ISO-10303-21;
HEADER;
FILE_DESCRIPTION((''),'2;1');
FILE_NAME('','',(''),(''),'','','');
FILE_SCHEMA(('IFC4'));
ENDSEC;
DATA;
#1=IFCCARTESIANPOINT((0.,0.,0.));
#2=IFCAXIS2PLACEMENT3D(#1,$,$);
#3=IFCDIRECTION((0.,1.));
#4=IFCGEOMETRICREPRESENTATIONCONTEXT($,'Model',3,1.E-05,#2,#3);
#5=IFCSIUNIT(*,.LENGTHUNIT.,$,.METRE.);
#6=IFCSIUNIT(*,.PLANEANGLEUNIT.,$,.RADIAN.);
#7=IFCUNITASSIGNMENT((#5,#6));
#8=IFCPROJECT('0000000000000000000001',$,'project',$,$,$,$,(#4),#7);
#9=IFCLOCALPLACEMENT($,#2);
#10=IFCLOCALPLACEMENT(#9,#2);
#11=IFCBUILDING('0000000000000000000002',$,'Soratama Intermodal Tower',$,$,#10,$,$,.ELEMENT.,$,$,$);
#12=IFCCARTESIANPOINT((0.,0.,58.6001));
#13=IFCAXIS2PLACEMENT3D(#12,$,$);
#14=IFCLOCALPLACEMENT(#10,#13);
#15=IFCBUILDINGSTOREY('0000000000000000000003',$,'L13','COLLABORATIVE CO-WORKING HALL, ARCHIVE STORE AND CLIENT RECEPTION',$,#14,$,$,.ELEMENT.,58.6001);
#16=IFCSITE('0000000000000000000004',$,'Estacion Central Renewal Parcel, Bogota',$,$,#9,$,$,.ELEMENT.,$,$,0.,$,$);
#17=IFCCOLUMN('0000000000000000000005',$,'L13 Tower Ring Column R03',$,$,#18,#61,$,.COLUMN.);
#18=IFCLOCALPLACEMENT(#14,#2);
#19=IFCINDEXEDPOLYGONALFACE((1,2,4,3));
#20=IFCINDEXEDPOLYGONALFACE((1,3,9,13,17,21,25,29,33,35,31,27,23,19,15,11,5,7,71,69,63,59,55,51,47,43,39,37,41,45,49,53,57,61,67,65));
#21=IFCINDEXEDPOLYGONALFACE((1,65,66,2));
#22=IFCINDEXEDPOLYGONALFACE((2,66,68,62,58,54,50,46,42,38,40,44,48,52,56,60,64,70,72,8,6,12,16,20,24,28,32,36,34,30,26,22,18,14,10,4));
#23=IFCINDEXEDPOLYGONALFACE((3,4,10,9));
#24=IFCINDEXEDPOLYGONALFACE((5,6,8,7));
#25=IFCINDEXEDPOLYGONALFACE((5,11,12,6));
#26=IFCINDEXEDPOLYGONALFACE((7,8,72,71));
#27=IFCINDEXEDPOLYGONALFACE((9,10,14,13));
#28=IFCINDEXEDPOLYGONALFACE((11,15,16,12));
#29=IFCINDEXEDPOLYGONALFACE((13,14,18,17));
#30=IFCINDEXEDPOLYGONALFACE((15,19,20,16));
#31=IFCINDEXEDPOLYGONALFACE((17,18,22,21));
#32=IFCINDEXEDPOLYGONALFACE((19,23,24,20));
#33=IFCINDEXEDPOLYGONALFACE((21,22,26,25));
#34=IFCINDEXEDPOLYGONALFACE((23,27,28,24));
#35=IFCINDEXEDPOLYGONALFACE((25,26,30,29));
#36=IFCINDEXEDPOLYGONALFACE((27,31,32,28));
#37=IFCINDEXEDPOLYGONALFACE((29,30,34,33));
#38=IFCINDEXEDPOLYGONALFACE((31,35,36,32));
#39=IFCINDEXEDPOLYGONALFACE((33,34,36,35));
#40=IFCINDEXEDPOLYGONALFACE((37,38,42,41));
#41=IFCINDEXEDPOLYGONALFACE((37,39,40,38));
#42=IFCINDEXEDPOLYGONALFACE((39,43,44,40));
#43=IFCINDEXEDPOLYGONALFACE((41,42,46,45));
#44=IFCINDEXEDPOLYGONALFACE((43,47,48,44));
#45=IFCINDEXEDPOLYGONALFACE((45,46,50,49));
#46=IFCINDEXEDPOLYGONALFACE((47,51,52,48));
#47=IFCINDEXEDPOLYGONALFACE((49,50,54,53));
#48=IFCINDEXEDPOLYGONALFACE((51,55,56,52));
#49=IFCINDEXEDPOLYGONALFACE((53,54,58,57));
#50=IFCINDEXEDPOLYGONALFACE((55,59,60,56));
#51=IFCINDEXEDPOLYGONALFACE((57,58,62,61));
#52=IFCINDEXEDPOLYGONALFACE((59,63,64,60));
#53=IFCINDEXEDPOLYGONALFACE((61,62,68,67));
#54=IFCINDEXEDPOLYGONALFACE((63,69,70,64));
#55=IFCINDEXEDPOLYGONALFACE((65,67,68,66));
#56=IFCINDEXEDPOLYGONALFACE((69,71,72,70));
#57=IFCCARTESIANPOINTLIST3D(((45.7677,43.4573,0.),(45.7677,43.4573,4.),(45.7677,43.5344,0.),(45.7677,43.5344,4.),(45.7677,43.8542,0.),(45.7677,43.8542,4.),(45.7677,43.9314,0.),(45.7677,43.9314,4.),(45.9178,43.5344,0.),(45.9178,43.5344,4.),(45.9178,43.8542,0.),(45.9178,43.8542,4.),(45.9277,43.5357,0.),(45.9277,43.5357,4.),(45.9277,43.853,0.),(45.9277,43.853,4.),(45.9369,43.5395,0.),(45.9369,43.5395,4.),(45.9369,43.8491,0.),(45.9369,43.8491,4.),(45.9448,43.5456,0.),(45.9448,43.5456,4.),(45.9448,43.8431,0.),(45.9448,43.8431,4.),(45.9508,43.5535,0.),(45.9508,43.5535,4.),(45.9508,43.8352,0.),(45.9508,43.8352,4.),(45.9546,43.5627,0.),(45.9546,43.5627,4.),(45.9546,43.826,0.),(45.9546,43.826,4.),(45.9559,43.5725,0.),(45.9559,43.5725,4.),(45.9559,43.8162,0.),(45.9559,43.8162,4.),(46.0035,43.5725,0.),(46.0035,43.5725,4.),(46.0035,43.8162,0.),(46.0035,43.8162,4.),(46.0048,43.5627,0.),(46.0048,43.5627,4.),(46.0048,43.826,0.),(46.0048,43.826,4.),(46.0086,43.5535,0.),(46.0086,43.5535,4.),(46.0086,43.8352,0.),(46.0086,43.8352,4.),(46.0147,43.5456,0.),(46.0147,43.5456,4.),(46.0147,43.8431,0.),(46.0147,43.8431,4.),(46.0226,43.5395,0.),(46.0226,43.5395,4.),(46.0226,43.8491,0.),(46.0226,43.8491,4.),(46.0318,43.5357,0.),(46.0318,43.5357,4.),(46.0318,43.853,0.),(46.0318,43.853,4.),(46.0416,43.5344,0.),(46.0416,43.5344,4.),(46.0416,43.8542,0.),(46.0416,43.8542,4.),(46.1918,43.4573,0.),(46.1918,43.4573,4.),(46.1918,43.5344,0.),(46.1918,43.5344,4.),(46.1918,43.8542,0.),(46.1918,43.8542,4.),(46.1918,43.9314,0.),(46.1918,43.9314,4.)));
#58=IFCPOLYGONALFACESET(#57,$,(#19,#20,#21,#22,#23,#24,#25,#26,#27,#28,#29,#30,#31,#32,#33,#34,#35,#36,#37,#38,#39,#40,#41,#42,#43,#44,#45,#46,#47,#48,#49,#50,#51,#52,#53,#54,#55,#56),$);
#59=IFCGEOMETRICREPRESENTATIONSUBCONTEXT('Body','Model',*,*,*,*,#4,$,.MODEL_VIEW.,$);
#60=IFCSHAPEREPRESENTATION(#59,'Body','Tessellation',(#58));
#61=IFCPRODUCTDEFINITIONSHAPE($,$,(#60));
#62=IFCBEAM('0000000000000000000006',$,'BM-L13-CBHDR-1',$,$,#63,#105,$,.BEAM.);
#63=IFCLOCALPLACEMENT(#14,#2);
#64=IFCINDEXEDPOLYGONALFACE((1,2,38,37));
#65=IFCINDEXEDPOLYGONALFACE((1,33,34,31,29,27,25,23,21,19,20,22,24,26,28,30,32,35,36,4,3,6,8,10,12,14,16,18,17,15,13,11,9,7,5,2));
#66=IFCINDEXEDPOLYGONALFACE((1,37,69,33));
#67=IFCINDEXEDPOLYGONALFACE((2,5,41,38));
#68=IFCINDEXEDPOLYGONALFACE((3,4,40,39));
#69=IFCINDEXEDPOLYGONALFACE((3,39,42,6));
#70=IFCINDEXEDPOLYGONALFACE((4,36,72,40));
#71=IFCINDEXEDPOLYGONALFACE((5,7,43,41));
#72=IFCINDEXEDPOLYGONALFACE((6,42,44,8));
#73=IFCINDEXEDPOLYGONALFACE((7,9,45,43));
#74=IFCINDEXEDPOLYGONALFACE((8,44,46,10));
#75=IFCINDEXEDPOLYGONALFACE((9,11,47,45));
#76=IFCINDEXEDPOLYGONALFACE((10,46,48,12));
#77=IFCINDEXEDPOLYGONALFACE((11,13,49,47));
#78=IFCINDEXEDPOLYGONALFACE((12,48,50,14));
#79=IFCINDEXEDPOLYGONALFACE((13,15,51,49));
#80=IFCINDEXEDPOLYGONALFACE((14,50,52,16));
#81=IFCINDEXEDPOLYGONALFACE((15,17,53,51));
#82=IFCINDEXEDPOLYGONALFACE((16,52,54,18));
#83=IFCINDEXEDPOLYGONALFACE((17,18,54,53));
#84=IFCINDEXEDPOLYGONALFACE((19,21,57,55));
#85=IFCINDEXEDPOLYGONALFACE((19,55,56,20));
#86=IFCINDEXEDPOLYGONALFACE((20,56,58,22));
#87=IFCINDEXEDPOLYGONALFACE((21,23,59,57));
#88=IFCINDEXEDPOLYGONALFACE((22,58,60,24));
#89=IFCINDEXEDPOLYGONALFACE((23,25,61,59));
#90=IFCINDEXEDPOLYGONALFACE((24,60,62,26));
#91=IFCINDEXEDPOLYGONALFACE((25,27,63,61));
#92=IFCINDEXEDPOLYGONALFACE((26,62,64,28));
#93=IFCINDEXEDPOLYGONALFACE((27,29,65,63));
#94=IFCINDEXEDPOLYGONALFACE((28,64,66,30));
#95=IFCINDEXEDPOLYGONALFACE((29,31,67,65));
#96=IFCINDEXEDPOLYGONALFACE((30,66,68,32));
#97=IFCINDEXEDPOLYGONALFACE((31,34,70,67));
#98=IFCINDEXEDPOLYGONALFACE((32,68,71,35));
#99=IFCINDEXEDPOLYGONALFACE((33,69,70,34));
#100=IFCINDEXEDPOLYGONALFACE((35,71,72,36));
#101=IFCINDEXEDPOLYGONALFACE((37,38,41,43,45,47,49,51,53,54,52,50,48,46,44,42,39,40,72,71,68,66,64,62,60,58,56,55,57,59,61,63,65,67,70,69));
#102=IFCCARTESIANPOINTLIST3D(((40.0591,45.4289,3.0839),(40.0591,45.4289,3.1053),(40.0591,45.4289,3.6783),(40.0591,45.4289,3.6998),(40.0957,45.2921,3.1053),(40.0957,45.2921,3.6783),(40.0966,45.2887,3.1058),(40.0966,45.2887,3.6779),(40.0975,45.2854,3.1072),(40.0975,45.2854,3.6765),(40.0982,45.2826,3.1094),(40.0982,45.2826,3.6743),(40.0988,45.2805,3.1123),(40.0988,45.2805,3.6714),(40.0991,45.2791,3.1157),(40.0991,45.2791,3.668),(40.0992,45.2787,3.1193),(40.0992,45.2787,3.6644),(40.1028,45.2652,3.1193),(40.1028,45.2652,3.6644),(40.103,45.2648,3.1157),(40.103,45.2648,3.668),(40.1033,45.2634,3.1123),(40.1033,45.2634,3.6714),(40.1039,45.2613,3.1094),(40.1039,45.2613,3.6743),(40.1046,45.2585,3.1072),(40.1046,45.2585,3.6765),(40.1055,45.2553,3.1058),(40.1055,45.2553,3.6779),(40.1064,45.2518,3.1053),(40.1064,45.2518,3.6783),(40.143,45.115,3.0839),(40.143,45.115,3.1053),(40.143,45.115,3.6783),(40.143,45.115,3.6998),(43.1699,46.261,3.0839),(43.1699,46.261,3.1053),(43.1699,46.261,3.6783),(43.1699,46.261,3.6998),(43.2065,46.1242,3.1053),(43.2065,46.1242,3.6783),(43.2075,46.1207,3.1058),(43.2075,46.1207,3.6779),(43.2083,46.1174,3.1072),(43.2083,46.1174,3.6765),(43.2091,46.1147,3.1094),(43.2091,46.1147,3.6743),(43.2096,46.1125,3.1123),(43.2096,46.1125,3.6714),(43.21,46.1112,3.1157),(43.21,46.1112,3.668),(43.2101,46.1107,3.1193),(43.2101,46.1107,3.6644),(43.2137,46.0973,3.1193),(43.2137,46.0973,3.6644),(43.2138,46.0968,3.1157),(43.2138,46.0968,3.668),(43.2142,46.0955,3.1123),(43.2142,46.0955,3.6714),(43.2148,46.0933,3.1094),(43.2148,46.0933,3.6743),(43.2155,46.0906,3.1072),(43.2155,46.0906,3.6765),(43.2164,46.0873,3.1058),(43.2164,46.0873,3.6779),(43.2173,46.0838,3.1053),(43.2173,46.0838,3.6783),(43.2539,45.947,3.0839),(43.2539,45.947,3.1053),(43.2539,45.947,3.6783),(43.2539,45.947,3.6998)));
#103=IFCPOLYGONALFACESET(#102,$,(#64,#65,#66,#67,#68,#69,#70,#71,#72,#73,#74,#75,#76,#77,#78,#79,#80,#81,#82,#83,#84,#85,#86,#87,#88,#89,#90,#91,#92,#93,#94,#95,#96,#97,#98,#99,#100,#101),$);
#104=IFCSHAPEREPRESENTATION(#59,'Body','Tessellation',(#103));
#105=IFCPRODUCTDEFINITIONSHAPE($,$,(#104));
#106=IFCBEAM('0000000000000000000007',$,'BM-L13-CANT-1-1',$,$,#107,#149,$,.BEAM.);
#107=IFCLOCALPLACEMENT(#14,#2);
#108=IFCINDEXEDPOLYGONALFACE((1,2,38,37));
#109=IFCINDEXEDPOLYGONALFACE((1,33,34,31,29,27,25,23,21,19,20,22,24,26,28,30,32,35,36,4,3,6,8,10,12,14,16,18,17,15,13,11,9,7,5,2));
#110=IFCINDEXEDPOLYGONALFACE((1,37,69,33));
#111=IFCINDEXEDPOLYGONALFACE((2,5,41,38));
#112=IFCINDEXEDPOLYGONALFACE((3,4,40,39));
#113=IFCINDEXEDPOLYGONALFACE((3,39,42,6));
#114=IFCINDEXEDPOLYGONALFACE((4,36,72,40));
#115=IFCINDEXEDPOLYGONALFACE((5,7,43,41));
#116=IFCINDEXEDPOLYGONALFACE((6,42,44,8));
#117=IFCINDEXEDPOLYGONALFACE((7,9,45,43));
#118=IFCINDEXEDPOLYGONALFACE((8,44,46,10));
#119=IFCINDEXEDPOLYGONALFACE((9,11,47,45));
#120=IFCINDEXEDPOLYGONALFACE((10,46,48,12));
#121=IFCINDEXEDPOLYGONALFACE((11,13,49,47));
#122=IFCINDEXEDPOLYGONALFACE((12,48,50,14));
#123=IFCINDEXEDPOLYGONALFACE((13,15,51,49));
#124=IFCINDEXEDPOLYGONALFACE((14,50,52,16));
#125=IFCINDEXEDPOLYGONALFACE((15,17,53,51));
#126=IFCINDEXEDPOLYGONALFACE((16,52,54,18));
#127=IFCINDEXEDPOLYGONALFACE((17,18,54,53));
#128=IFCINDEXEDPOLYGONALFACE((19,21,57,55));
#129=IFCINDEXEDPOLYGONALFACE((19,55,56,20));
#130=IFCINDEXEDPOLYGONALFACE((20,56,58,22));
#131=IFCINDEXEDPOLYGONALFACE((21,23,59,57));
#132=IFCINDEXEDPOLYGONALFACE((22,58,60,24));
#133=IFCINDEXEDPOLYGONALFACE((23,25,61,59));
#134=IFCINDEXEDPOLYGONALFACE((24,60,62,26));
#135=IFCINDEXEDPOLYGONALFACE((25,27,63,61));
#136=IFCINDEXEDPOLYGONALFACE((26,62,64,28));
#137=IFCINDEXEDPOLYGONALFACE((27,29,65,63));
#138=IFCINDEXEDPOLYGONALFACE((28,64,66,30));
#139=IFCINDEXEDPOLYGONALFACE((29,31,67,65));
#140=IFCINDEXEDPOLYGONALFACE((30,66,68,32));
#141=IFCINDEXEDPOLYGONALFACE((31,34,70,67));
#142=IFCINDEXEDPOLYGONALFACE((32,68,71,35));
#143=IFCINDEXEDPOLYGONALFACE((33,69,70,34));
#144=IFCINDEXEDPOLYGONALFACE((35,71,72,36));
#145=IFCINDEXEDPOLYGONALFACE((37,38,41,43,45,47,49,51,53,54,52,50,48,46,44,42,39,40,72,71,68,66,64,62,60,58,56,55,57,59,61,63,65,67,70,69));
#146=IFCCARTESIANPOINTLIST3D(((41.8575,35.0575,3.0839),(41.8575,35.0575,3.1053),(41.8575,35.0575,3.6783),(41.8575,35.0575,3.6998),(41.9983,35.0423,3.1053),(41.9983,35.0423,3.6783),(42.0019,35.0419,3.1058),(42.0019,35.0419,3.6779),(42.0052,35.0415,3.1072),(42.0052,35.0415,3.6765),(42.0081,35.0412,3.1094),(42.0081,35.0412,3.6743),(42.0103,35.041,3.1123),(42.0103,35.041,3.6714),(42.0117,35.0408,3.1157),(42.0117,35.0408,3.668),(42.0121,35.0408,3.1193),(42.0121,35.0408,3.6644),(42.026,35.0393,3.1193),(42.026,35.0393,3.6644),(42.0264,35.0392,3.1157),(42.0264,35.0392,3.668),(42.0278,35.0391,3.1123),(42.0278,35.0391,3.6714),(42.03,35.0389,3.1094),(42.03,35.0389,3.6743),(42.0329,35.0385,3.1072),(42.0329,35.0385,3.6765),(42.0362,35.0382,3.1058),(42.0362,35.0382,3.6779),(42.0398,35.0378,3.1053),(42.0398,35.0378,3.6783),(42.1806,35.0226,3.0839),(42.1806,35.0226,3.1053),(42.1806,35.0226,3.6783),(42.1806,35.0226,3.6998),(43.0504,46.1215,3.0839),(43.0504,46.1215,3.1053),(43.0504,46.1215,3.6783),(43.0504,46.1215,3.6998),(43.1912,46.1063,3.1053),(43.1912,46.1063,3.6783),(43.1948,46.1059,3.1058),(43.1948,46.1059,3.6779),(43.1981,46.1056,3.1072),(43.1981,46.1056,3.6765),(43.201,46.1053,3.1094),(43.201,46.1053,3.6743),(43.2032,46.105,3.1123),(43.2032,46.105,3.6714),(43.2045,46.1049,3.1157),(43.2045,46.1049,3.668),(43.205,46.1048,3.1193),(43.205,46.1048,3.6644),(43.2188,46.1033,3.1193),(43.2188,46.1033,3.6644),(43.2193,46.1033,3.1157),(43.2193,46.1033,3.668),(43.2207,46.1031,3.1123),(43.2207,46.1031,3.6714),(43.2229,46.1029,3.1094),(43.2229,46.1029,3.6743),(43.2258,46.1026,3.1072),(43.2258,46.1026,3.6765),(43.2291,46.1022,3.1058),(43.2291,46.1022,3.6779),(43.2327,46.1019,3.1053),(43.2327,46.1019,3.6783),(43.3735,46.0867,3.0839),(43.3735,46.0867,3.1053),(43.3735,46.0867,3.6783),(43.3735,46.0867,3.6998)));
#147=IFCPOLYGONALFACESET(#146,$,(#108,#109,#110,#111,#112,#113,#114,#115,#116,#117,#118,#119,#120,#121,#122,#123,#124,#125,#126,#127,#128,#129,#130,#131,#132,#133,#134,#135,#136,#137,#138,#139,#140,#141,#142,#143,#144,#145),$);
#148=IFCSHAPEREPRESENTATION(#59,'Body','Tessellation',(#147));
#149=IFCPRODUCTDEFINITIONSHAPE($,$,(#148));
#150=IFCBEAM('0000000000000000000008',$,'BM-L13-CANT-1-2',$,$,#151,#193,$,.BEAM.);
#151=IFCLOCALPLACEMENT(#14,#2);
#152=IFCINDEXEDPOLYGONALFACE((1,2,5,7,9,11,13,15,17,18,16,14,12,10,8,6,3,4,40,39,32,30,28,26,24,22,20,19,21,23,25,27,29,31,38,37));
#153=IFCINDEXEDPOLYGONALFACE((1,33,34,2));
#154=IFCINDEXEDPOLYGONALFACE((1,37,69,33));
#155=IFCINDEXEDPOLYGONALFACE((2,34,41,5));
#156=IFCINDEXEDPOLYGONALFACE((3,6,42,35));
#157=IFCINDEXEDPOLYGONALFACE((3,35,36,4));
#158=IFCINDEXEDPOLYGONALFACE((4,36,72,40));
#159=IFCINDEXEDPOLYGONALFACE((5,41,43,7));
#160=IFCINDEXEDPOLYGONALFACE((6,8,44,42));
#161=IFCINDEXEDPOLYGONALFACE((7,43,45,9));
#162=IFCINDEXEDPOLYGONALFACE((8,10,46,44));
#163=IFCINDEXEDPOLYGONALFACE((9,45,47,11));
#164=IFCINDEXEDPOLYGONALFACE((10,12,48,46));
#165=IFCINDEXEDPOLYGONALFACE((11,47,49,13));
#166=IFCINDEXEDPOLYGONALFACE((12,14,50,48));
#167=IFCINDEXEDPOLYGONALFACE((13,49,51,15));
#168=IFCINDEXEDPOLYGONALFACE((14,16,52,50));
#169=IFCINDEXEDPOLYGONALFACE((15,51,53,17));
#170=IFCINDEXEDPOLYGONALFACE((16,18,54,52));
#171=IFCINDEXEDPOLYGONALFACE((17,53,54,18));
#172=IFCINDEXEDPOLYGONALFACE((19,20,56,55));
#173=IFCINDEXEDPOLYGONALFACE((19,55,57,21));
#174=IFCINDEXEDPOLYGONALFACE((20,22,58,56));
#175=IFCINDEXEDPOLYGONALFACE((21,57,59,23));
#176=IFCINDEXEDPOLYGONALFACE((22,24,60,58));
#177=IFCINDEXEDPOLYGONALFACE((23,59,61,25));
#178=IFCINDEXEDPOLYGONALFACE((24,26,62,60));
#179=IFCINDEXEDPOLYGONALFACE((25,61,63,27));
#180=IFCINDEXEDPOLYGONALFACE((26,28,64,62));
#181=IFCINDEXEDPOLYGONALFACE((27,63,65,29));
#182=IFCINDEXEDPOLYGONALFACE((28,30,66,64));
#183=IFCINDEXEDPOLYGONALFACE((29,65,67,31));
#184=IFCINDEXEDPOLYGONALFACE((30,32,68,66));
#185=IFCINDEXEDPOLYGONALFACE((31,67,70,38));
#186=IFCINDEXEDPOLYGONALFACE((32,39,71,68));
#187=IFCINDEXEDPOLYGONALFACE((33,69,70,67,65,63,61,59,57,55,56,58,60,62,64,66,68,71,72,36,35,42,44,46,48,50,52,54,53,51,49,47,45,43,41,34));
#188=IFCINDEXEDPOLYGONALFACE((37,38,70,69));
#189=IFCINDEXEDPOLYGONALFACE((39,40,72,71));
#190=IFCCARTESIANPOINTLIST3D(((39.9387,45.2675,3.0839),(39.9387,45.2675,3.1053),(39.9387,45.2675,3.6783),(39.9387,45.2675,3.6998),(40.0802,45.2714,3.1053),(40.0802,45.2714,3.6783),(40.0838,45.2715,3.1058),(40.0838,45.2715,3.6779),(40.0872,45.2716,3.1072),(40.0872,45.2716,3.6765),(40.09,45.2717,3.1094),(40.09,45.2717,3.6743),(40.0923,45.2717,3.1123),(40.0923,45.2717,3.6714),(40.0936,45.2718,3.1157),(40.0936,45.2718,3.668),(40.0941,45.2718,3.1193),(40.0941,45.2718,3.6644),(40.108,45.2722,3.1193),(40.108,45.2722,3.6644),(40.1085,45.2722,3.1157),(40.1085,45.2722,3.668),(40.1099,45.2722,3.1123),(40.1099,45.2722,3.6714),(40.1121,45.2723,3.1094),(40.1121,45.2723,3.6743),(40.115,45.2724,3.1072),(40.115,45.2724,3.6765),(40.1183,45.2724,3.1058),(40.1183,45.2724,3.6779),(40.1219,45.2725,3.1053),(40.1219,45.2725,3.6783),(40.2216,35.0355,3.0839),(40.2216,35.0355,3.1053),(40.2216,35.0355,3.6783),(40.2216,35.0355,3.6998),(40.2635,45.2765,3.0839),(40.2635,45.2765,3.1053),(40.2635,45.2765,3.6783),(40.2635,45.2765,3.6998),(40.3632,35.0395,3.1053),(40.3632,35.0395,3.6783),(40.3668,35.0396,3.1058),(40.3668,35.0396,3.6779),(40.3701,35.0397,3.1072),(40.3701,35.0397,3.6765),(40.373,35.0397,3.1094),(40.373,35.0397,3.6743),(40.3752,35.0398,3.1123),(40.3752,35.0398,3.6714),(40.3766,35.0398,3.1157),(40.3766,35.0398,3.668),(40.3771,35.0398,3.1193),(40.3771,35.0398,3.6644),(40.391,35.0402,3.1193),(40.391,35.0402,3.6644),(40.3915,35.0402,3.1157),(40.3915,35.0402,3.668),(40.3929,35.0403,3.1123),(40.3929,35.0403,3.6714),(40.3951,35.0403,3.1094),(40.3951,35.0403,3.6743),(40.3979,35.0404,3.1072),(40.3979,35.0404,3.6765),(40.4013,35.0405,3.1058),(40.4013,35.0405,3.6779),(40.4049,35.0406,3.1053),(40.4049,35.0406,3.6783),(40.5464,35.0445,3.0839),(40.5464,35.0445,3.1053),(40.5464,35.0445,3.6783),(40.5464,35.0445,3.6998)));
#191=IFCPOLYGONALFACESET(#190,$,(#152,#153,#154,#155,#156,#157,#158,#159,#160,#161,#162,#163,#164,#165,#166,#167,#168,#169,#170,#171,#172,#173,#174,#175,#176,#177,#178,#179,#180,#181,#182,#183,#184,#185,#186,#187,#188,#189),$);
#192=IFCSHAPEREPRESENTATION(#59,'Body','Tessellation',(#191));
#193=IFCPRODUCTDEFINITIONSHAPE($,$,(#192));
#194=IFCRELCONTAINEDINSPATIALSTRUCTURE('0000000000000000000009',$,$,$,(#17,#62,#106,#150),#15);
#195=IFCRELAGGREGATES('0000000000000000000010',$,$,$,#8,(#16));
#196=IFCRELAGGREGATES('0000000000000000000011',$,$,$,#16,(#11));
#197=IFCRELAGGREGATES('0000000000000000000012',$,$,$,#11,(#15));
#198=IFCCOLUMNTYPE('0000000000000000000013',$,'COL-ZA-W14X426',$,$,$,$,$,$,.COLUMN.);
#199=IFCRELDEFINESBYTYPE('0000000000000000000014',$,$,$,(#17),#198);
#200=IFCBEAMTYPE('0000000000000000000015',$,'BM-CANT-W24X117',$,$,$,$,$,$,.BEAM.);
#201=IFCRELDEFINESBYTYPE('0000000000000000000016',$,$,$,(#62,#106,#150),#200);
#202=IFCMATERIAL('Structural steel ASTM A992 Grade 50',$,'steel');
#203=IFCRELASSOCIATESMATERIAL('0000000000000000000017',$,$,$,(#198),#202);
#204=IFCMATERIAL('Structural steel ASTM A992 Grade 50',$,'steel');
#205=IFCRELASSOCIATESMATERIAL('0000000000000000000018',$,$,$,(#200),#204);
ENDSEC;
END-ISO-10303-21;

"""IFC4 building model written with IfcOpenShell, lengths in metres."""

from ifc_helpers import new_model, si_unit, direction, frame, origin, origin_2d, place, context, subcontext, project, spatial, i_section, extrude, material, material_profile, profile_set, type_object, element, save


model = new_model("IFC4")

# Units and contexts
model_context = context("Model", 3, precision=1e-05, world=origin(), true_north=direction((0.0, 1.0)))
body_context = subcontext(model_context, "Body", "Model", "MODEL_VIEW")
ifc_project = project(units=[si_unit("LENGTHUNIT", "METRE"), si_unit("PLANEANGLEUNIT", "RADIAN")], contexts=[model_context])

# Site, building, storey
site_placement = place(None, origin())
site = spatial("IfcSite", under=ifc_project, at=site_placement, Name="Estacion Central Renewal Parcel, Bogota", CompositionType="ELEMENT", RefElevation=0.0)
building_placement = place(site_placement, origin())
building = spatial("IfcBuilding", under=site, at=building_placement, Name="Soratama Intermodal Tower", CompositionType="ELEMENT")
storey_placement = place(building_placement, frame((0.0, 0.0, 58.6001)))
storey = spatial("IfcBuildingStorey", under=building, at=storey_placement, Name="L13", Description="COLLABORATIVE CO-WORKING HALL, ARCHIVE STORE AND CLIENT RECEPTION", CompositionType="ELEMENT", Elevation=58.6001)

# Column
ifc_material_1 = material(Name="Structural steel ASTM A992 Grade 50", Category="steel")
ifc_material_profile_1 = material_profile(ifc_material_1, i_section(OverallWidth=0.4241, OverallDepth=0.4741, WebThickness=0.0476, FlangeThickness=0.0771, FilletRadius=0.0381, at=origin_2d()), Name="W14X426")
ifc_profile_set_1 = profile_set([ifc_material_profile_1], Name="Structural steel ASTM A992 Grade 50")
column_type = type_object("IfcColumnType", Name="COL-ZA-W14X426", PredefinedType="COLUMN", material=ifc_profile_set_1)
column_placement = place(storey_placement, frame((45.9797, 43.6943, 0.0), z_axis=(0.0, 0.0, 1.0), x_axis=(1.0, 0.0, 0.0)))
element("IfcColumn", 1, at=column_placement, inside=storey, type_object=column_type, Name="L13 Tower Ring Column R03", PredefinedType="COLUMN", context=body_context, shape_type="SweptSolid", body=[
    extrude(i_section(OverallWidth=0.4241, OverallDepth=0.4741, WebThickness=0.0476, FlangeThickness=0.0771, FilletRadius=0.0381, at=origin_2d()), origin(), (0.0, 0.0, 1.0), 4.0),
])

# Beams
ifc_material_2 = material(Name="Structural steel ASTM A992 Grade 50", Category="steel")
ifc_material_profile_2 = material_profile(ifc_material_2, i_section(OverallWidth=0.325, OverallDepth=0.616, WebThickness=0.0139, FlangeThickness=0.0215, FilletRadius=0.0139, at=origin_2d()), Name="W24X117")
ifc_profile_set_2 = profile_set([ifc_material_profile_2], Name="Structural steel ASTM A992 Grade 50")
beam_type_1 = type_object("IfcBeamType", Name="BM-CANT-W24X117", PredefinedType="BEAM", material=ifc_profile_set_2)
beam_1_placement = place(storey_placement, frame((43.2119, 46.104, 3.3918), z_axis=(-0.966043, -0.25838, 0.0), x_axis=(0.25838, -0.966043, 0.0)))
element("IfcBeam", 2, at=beam_1_placement, inside=storey, type_object=beam_type_1, Name="BM-L13-CBHDR-1", PredefinedType="BEAM", context=body_context, shape_type="SweptSolid", body=[
    extrude(i_section(OverallWidth=0.325, OverallDepth=0.616, WebThickness=0.0139, FlangeThickness=0.0215, FilletRadius=0.0139, at=origin_2d()), origin(), (0.0, 0.0, 1.0), 3.2202),
])
beam_2_placement = place(storey_placement, frame((42.019, 35.04, 3.3918), z_axis=(0.107195, 0.994238, 0.0), x_axis=(-0.994238, 0.107195, 0.0)))
element("IfcBeam", 3, at=beam_2_placement, inside=storey, type_object=beam_type_1, Name="BM-L13-CANT-1-1", PredefinedType="BEAM", context=body_context, shape_type="SweptSolid", body=[
    extrude(i_section(OverallWidth=0.325, OverallDepth=0.616, WebThickness=0.0139, FlangeThickness=0.0215, FilletRadius=0.0139, at=origin_2d()), origin(), (0.0, 0.0, 1.0), 11.1282),
])
beam_3_placement = place(storey_placement, frame((40.384, 35.04, 3.3918), z_axis=(-0.027644, 0.999618, 0.0), x_axis=(-0.999618, -0.027644, 0.0)))
element("IfcBeam", 4, at=beam_3_placement, inside=storey, type_object=beam_type_1, Name="BM-L13-CANT-1-2", PredefinedType="BEAM", context=body_context, shape_type="SweptSolid", body=[
    extrude(i_section(OverallWidth=0.325, OverallDepth=0.616, WebThickness=0.0139, FlangeThickness=0.0215, FilletRadius=0.0139, at=origin_2d()), origin(), (0.0, 0.0, 1.0), 10.2358),
])

save(model, "model.ifc")
